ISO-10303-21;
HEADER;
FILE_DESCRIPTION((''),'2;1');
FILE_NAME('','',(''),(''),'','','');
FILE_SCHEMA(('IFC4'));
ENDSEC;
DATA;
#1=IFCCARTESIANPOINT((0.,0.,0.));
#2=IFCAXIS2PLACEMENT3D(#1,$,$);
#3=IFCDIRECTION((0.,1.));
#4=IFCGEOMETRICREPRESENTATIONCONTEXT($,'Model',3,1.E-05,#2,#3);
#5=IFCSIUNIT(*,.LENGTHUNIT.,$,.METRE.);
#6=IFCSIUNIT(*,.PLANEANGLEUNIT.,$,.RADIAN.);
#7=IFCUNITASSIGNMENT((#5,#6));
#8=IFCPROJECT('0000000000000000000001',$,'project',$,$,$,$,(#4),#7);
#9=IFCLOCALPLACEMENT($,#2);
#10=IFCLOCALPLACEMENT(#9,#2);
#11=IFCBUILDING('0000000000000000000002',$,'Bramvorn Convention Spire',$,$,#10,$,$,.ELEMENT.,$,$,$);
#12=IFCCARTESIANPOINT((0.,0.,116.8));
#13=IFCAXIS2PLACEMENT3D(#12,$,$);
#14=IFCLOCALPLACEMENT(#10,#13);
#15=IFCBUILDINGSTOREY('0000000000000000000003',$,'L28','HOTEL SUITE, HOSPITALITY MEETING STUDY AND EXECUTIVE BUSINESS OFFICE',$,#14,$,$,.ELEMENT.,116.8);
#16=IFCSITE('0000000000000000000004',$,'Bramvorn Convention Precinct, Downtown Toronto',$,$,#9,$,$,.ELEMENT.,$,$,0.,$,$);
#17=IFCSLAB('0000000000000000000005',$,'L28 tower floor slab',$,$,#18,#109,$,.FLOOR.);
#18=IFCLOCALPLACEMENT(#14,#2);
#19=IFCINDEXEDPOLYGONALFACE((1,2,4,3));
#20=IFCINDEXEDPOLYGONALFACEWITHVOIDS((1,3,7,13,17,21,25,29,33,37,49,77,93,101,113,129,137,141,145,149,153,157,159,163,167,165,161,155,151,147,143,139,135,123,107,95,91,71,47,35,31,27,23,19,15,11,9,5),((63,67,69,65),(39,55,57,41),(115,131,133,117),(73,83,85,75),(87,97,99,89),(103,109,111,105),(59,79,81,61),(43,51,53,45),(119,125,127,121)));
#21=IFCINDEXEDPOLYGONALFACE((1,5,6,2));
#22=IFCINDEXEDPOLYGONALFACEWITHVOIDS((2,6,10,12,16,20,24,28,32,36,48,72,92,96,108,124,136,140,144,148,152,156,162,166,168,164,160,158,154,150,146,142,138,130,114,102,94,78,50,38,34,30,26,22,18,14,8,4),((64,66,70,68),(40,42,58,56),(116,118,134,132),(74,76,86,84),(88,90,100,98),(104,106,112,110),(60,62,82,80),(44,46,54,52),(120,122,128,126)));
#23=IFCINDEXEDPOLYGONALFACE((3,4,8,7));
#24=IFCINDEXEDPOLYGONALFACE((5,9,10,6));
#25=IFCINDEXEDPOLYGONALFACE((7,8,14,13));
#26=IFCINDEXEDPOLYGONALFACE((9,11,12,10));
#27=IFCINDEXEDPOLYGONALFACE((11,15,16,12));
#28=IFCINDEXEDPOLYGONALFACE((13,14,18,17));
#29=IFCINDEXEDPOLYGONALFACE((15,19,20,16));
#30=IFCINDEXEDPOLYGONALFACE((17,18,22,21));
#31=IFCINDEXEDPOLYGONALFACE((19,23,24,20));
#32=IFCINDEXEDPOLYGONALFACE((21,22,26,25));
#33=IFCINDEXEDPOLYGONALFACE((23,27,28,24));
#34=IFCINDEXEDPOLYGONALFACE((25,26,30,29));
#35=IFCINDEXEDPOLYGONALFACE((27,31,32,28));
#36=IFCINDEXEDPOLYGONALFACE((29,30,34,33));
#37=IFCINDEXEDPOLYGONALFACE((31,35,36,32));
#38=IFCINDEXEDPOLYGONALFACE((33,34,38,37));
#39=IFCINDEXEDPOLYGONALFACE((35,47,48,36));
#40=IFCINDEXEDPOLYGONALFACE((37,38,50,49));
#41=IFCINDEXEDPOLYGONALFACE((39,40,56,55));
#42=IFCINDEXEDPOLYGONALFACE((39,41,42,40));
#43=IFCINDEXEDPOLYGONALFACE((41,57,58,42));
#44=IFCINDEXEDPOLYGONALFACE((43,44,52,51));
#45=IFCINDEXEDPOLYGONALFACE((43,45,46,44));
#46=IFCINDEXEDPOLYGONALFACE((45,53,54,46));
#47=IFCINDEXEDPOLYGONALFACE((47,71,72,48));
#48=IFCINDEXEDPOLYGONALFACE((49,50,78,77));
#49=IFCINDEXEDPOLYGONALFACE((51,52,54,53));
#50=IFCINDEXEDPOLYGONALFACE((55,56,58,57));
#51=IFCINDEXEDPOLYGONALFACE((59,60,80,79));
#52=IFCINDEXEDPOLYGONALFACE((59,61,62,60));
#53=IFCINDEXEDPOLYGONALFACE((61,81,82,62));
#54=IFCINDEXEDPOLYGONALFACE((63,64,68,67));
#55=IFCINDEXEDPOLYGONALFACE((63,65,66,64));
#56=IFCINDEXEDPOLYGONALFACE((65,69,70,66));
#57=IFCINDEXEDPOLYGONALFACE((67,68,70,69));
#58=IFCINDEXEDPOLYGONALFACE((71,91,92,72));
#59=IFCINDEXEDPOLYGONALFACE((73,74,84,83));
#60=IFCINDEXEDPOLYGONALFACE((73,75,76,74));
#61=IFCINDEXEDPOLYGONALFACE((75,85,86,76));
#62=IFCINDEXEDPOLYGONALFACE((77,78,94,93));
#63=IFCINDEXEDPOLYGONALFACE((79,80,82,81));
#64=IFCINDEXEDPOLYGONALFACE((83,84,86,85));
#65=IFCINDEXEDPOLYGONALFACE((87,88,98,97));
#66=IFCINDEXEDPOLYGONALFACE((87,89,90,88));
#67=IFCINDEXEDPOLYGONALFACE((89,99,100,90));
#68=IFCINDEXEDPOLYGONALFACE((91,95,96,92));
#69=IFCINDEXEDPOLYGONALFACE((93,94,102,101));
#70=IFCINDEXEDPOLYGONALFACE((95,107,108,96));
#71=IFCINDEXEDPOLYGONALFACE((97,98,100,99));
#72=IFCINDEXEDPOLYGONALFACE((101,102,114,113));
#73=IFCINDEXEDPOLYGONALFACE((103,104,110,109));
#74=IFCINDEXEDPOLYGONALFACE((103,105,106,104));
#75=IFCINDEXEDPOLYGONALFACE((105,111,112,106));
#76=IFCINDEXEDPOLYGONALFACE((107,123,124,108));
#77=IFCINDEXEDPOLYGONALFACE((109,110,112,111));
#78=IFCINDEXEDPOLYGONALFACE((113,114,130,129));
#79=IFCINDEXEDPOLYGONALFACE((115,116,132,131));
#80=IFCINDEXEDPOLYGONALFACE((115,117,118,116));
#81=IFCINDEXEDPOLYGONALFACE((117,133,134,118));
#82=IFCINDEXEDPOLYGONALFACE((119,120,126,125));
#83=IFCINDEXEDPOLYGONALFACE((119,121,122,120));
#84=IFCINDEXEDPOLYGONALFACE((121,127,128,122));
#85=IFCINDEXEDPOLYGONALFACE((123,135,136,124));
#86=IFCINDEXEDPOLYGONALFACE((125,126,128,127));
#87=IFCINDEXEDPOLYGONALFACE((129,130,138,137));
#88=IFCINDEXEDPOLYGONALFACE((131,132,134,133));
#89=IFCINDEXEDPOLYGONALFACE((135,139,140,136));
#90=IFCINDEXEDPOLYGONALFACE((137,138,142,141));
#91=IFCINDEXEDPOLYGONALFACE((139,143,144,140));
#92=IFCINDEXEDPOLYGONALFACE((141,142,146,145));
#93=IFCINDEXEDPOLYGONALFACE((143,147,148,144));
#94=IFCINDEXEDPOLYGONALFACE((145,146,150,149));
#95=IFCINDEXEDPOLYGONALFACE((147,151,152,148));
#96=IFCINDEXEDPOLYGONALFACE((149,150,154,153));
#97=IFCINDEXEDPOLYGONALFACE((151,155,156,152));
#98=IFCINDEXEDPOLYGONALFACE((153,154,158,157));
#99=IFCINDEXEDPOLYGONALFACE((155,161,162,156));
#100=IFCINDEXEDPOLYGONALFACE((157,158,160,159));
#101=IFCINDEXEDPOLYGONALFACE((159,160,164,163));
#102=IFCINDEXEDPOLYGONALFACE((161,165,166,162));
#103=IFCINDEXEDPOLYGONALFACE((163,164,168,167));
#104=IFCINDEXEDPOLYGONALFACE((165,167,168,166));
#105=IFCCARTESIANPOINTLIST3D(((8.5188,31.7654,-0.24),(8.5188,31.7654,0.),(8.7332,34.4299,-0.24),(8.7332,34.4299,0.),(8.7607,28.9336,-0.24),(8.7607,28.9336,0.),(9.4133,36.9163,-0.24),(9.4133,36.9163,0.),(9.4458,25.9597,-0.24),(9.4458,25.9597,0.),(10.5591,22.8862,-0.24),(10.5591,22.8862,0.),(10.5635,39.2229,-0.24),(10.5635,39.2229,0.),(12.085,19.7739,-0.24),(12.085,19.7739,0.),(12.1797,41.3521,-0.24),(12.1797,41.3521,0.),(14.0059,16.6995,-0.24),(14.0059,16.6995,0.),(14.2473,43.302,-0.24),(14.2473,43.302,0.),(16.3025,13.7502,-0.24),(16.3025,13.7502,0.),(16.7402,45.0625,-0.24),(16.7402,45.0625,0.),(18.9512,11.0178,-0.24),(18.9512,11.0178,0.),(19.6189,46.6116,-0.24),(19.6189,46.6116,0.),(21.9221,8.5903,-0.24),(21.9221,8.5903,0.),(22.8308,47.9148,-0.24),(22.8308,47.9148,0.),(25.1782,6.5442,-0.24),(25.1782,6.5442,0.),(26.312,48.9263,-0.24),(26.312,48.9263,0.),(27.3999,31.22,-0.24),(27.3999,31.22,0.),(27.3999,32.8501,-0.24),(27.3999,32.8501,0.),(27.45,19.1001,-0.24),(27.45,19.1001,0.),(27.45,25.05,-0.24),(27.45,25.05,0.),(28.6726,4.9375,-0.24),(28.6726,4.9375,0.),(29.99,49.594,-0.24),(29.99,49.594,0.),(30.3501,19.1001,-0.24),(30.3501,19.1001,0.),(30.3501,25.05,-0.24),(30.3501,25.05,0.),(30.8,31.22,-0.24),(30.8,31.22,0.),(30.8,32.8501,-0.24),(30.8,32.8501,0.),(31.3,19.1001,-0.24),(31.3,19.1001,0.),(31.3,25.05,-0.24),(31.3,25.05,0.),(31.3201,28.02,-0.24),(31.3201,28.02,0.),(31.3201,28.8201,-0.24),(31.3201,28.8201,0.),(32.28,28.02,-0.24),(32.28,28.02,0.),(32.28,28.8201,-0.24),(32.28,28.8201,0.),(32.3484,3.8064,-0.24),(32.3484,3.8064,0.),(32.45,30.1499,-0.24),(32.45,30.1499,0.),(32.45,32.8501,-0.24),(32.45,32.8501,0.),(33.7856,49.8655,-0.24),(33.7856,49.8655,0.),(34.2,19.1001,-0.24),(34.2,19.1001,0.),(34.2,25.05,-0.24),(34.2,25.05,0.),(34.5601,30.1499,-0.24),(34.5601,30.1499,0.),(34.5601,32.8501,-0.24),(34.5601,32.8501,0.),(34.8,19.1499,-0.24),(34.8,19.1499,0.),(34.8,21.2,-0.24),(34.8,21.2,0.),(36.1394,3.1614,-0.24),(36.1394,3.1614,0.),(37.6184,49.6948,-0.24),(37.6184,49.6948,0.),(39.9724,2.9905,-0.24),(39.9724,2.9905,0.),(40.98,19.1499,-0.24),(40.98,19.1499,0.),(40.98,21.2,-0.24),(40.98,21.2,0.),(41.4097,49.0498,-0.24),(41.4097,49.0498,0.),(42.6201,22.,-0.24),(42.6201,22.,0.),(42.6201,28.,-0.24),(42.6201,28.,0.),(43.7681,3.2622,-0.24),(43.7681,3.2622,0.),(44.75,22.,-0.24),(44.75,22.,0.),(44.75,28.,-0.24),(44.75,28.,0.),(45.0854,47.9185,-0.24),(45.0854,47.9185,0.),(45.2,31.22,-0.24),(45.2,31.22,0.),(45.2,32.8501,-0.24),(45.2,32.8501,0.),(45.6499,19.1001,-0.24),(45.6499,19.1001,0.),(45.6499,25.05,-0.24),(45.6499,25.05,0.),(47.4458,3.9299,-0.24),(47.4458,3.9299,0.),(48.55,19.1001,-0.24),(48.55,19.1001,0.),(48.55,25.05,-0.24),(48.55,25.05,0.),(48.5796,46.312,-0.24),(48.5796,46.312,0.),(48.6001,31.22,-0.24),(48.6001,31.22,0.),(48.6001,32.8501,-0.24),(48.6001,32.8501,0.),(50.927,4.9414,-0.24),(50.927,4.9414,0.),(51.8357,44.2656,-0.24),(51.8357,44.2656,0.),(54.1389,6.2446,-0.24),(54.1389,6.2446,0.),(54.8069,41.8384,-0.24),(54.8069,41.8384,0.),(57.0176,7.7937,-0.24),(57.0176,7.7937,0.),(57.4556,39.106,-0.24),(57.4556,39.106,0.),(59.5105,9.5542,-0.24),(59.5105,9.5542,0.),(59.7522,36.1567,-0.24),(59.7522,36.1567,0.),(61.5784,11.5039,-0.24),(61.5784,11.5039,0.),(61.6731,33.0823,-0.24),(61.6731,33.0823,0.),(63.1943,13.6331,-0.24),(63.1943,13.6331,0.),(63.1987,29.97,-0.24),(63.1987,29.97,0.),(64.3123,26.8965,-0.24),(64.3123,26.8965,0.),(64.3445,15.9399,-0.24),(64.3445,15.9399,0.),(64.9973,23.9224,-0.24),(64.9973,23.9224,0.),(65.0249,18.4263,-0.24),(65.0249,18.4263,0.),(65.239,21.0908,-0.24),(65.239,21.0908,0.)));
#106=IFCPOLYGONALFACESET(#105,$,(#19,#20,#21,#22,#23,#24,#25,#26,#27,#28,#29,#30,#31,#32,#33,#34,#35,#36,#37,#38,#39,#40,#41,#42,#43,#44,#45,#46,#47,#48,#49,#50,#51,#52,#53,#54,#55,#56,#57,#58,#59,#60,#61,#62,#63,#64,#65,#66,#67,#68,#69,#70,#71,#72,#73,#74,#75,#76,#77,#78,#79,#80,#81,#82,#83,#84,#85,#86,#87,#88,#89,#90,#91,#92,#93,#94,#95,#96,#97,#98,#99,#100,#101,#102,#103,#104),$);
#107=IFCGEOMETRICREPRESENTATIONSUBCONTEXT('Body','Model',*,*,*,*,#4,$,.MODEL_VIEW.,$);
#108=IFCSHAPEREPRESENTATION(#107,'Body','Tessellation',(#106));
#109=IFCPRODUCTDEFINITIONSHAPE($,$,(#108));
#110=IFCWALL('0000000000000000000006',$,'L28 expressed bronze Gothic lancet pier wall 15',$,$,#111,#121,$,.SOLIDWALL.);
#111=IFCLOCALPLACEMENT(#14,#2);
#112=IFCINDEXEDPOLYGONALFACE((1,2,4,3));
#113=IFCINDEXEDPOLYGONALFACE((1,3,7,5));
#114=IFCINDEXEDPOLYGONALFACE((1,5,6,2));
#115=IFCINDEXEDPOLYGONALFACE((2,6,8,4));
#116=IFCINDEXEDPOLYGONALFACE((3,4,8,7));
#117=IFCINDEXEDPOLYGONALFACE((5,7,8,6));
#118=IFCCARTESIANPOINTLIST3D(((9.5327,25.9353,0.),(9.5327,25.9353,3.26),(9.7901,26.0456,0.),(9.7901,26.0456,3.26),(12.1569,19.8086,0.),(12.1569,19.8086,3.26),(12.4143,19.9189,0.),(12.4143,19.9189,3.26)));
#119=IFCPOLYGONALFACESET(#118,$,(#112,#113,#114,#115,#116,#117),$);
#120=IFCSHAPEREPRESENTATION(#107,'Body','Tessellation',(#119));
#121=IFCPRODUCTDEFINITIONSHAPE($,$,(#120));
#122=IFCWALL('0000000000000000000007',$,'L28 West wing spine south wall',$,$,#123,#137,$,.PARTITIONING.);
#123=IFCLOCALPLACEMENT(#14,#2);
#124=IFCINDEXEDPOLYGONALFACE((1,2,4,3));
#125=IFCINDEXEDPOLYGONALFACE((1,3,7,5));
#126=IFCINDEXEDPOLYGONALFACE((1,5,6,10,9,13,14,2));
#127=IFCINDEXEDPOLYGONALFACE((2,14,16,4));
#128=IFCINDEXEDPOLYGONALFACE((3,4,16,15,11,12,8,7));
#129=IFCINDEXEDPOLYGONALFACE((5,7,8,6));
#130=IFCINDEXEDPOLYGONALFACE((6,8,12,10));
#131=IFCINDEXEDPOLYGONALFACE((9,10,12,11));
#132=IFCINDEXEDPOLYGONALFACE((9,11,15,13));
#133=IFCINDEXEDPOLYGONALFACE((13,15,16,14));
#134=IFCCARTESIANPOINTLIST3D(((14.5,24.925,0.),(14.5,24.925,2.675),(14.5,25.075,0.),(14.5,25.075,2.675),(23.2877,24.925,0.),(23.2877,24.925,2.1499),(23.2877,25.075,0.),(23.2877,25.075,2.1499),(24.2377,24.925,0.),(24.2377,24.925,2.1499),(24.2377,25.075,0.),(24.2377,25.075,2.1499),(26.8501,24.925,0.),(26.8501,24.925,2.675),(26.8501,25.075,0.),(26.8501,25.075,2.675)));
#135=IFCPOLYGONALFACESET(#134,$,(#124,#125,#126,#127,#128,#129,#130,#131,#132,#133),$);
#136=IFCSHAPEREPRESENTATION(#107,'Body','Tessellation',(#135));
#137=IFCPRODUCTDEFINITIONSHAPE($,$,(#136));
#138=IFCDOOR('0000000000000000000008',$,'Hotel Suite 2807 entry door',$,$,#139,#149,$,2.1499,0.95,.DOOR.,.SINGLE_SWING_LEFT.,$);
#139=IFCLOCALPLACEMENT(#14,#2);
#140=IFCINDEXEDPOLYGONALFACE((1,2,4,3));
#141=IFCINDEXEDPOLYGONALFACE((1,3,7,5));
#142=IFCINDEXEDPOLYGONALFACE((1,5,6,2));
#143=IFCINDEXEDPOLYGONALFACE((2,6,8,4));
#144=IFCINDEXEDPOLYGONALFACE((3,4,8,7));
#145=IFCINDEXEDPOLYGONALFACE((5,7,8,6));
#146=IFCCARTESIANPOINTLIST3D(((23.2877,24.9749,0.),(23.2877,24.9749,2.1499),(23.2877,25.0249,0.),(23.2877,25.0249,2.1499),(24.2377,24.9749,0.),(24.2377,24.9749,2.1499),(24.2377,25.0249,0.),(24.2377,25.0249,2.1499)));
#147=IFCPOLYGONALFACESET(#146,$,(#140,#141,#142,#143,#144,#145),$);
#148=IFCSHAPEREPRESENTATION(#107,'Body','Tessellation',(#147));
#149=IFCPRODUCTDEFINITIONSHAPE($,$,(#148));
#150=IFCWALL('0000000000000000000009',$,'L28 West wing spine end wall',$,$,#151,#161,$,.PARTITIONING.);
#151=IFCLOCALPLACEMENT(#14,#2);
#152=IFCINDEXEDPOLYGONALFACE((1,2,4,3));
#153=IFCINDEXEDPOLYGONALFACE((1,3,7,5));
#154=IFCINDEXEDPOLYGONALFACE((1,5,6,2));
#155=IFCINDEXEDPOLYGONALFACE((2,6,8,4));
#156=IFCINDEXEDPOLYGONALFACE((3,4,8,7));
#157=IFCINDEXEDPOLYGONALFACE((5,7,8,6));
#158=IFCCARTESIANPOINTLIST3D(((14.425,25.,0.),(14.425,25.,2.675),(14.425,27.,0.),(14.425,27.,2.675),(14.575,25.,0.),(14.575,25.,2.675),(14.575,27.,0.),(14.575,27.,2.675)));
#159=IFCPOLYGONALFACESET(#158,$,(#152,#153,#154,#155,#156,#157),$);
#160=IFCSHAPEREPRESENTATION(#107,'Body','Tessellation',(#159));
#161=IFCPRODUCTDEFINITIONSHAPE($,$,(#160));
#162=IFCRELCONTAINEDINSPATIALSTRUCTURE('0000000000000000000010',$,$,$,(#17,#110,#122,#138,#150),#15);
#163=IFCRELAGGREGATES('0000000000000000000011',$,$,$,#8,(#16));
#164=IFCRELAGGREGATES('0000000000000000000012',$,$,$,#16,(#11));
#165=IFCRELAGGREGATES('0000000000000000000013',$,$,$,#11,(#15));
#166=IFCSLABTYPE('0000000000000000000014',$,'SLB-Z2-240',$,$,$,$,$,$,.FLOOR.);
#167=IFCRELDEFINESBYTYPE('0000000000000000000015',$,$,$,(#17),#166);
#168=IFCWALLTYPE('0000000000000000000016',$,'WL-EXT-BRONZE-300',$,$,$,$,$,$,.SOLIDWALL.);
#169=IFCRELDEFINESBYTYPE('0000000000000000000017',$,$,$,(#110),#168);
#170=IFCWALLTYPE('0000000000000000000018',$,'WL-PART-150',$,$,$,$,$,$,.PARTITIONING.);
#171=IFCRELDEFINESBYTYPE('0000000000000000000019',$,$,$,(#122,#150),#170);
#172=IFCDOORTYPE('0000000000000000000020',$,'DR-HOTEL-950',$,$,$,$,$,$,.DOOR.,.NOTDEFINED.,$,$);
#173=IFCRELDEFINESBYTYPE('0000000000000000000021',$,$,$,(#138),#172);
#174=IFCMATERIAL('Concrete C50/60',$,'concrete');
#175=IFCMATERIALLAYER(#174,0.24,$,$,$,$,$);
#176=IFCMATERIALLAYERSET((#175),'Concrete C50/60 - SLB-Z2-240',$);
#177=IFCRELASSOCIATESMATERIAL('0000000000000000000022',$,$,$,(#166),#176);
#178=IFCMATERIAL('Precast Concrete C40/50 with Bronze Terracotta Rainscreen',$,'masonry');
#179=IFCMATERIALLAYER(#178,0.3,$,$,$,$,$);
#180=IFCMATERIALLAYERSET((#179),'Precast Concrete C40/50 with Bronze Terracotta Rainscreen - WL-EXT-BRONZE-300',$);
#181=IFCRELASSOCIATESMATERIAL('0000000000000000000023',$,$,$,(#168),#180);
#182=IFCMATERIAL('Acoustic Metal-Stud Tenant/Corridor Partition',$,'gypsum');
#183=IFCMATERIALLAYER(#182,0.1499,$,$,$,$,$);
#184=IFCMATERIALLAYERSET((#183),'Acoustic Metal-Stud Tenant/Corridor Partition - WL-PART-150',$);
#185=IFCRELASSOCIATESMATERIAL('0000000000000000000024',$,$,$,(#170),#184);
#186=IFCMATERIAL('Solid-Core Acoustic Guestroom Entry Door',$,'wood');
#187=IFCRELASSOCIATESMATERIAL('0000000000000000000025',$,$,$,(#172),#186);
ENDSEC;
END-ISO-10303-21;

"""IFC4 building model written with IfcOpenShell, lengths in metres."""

from ifc_helpers import new_model, si_unit, direction, frame, frame_2d, origin, place, context, subcontext, project, spatial, polyline, rectangle, outline, extrude, material, layer, layer_set, type_object, element, fill, save


model = new_model("IFC4")

# Units and contexts
model_context = context("Model", 3, precision=1e-05, world=origin(), true_north=direction((0.0, 1.0)))
body_context = subcontext(model_context, "Body", "Model", "MODEL_VIEW")
ifc_project = project(units=[si_unit("LENGTHUNIT", "METRE"), si_unit("PLANEANGLEUNIT", "RADIAN")], contexts=[model_context])

# Site, building, storey
site_placement = place(None, origin())
site = spatial("IfcSite", under=ifc_project, at=site_placement, Name="Bramvorn Convention Precinct, Downtown Toronto", CompositionType="ELEMENT", RefElevation=0.0)
building_placement = place(site_placement, origin())
building = spatial("IfcBuilding", under=site, at=building_placement, Name="Bramvorn Convention Spire", CompositionType="ELEMENT")
storey_placement = place(building_placement, frame((0.0, 0.0, 116.8)))
storey = spatial("IfcBuildingStorey", under=building, at=storey_placement, Name="L28", Description="HOTEL SUITE, HOSPITALITY MEETING STUDY AND EXECUTIVE BUSINESS OFFICE", CompositionType="ELEMENT", Elevation=116.8)

# Slab
ifc_material_1 = material(Name="Concrete C50/60", Category="concrete")
ifc_layer_1 = layer(ifc_material_1, 0.24)
ifc_layer_set_1 = layer_set([ifc_layer_1], Name="Concrete C50/60 - SLB-Z2-240")
slab_type_1 = type_object("IfcSlabType", Name="SLB-Z2-240", PredefinedType="FLOOR", material=ifc_layer_set_1)
slab_1_placement = place(storey_placement, frame((0.0, 0.0, -0.24)))
element("IfcSlab", 1, at=slab_1_placement, inside=storey, type_object=slab_type_1, Name="L28 tower floor slab", PredefinedType="FLOOR", context=body_context, shape_type="SweptSolid", body=[
    extrude(outline(polyline([(64.3445, 15.9399), (65.0249, 18.4263), (65.239, 21.0908), (64.9973, 23.9224), (64.3123, 26.8965), (63.1987, 29.97), (61.6731, 33.0823), (59.7522, 36.1567), (57.4556, 39.106), (54.8069, 41.8384), (51.8357, 44.2656), (48.5796, 46.312), (45.0854, 47.9185), (41.4097, 49.0498), (37.6184, 49.6948), (33.7856, 49.8655), (29.99, 49.594), (26.312, 48.9263), (22.8308, 47.9148), (19.6189, 46.6116), (16.7402, 45.0625), (14.2473, 43.302), (12.1797, 41.3521), (10.5635, 39.2229), (9.4133, 36.9163), (8.7332, 34.4299), (8.5188, 31.7654), (8.7607, 28.9336), (9.4458, 25.9597), (10.5591, 22.8862), (12.085, 19.7739), (14.0059, 16.6995), (16.3025, 13.7502), (18.9512, 11.0178), (21.9221, 8.5903), (25.1782, 6.5442), (28.6726, 4.9375), (32.3484, 3.8064), (36.1394, 3.1614), (39.9724, 2.9905), (43.7681, 3.2622), (47.4458, 3.9299), (50.927, 4.9414), (54.1389, 6.2446), (57.0176, 7.7937), (59.5105, 9.5542), (61.5784, 11.5039), (63.1943, 13.6331), (64.3445, 15.9399)]), holes=[polyline([(27.45, 25.05), (27.45, 19.1001), (30.3501, 19.1001), (30.3501, 25.05), (27.45, 25.05)]), polyline([(45.6499, 25.05), (45.6499, 19.1001), (48.55, 19.1001), (48.55, 25.05), (45.6499, 25.05)]), polyline([(31.3, 25.05), (31.3, 19.1001), (34.2, 19.1001), (34.2, 25.05), (31.3, 25.05)]), polyline([(27.3999, 31.22), (30.8, 31.22), (30.8, 32.8501), (27.3999, 32.8501), (27.3999, 31.22)]), polyline([(45.2, 31.22), (48.6001, 31.22), (48.6001, 32.8501), (45.2, 32.8501), (45.2, 31.22)]), polyline([(32.45, 30.1499), (34.5601, 30.1499), (34.5601, 32.8501), (32.45, 32.8501), (32.45, 30.1499)]), polyline([(34.8, 19.1499), (40.98, 19.1499), (40.98, 21.2), (34.8, 21.2), (34.8, 19.1499)]), polyline([(42.6201, 22.0), (44.75, 22.0), (44.75, 28.0), (42.6201, 28.0), (42.6201, 22.0)]), polyline([(31.3201, 28.02), (32.28, 28.02), (32.28, 28.8201), (31.3201, 28.8201), (31.3201, 28.02)])]), origin(), (0.0, 0.0, 1.0), 0.24),
])

# Wall
ifc_material_2 = material(Name="Precast Concrete C40/50 with Bronze Terracotta Rainscreen", Category="masonry")
ifc_layer_2 = layer(ifc_material_2, 0.3)
ifc_layer_set_2 = layer_set([ifc_layer_2], Name="Precast Concrete C40/50 with Bronze Terracotta Rainscreen - WL-EXT-BRONZE-300")
wall_type_1 = type_object("IfcWallType", Name="WL-EXT-BRONZE-300", PredefinedType="SOLIDWALL", material=ifc_layer_set_2)
wall_1_placement = place(storey_placement, frame((12.2856, 19.8638, 0.0), z_axis=(0.0, 0.0, 1.0), x_axis=(-0.393734, 0.919225, 0.0)))
element("IfcWall", 2, at=wall_1_placement, inside=storey, type_object=wall_type_1, Name="L28 expressed bronze Gothic lancet pier wall 15", PredefinedType="SOLIDWALL", context=body_context, shape_type="SweptSolid", body=[
    extrude(rectangle(XDim=6.665, YDim=0.28, at=frame_2d((3.3325, 0.0))), origin(), (0.0, 0.0, 1.0), 3.26),
])

# Wall, opening, door
ifc_material_3 = material(Name="Acoustic Metal-Stud Tenant/Corridor Partition", Category="gypsum")
ifc_layer_3 = layer(ifc_material_3, 0.1499)
ifc_layer_set_3 = layer_set([ifc_layer_3], Name="Acoustic Metal-Stud Tenant/Corridor Partition - WL-PART-150")
wall_type_2 = type_object("IfcWallType", Name="WL-PART-150", PredefinedType="PARTITIONING", material=ifc_layer_set_3)
wall_2_placement = place(storey_placement, frame((14.5, 25.0, 0.0), z_axis=(0.0, 0.0, 1.0), x_axis=(1.0, 0.0, 0.0)))
wall_2 = element("IfcWall", 3, at=wall_2_placement, inside=storey, type_object=wall_type_2, Name="L28 West wing spine south wall", PredefinedType="PARTITIONING", context=body_context, shape_type="SweptSolid", body=[
    extrude(rectangle(XDim=12.3501, YDim=0.1499, at=frame_2d((6.175, 0.0))), origin(), (0.0, 0.0, 1.0), 2.675),
])
opening_placement = place(wall_2_placement, frame((8.7876, 0.0, 0.0)))
opening = element("IfcOpeningElement", 4, at=opening_placement, cuts=wall_2, PredefinedType="OPENING", context=body_context, shape_type="SweptSolid", body=[
    extrude(rectangle(XDim=0.95, YDim=2.1499, at=frame_2d((0.4751, 1.075))), frame((0.0, 0.085, 0.0), z_axis=(0.0, -1.0, 0.0), x_axis=(1.0, 0.0, 0.0)), (0.0, 0.0, 1.0), 0.1699),
])
ifc_material_4 = material(Name="Solid-Core Acoustic Guestroom Entry Door", Category="wood")
door_type = type_object("IfcDoorType", Name="DR-HOTEL-950", OperationType="NOTDEFINED", PredefinedType="DOOR", material=ifc_material_4)
door_placement = place(opening_placement, origin())
door = element("IfcDoor", 5, at=door_placement, inside=storey, type_object=door_type, Name="Hotel Suite 2807 entry door", OperationType="SINGLE_SWING_LEFT", OverallHeight=2.1499, OverallWidth=0.95, PredefinedType="DOOR", context=body_context, shape_type="SweptSolid", body=[
    extrude(rectangle(XDim=0.95, YDim=2.1499, at=frame_2d((0.4751, 1.075))), frame((0.0, 0.0249, 0.0), z_axis=(0.0, -1.0, 0.0), x_axis=(1.0, 0.0, 0.0)), (0.0, 0.0, 1.0), 0.05),
])
fill(opening, door)

# Wall
wall_3_placement = place(storey_placement, frame((14.5, 25.0, 0.0), z_axis=(0.0, 0.0, 1.0), x_axis=(0.0, 1.0, 0.0)))
element("IfcWall", 6, at=wall_3_placement, inside=storey, type_object=wall_type_2, Name="L28 West wing spine end wall", PredefinedType="PARTITIONING", context=body_context, shape_type="SweptSolid", body=[
    extrude(rectangle(XDim=2.0, YDim=0.1499, at=frame_2d((1.0, 0.0))), origin(), (0.0, 0.0, 1.0), 2.675),
])

save(model, "model.ifc")
